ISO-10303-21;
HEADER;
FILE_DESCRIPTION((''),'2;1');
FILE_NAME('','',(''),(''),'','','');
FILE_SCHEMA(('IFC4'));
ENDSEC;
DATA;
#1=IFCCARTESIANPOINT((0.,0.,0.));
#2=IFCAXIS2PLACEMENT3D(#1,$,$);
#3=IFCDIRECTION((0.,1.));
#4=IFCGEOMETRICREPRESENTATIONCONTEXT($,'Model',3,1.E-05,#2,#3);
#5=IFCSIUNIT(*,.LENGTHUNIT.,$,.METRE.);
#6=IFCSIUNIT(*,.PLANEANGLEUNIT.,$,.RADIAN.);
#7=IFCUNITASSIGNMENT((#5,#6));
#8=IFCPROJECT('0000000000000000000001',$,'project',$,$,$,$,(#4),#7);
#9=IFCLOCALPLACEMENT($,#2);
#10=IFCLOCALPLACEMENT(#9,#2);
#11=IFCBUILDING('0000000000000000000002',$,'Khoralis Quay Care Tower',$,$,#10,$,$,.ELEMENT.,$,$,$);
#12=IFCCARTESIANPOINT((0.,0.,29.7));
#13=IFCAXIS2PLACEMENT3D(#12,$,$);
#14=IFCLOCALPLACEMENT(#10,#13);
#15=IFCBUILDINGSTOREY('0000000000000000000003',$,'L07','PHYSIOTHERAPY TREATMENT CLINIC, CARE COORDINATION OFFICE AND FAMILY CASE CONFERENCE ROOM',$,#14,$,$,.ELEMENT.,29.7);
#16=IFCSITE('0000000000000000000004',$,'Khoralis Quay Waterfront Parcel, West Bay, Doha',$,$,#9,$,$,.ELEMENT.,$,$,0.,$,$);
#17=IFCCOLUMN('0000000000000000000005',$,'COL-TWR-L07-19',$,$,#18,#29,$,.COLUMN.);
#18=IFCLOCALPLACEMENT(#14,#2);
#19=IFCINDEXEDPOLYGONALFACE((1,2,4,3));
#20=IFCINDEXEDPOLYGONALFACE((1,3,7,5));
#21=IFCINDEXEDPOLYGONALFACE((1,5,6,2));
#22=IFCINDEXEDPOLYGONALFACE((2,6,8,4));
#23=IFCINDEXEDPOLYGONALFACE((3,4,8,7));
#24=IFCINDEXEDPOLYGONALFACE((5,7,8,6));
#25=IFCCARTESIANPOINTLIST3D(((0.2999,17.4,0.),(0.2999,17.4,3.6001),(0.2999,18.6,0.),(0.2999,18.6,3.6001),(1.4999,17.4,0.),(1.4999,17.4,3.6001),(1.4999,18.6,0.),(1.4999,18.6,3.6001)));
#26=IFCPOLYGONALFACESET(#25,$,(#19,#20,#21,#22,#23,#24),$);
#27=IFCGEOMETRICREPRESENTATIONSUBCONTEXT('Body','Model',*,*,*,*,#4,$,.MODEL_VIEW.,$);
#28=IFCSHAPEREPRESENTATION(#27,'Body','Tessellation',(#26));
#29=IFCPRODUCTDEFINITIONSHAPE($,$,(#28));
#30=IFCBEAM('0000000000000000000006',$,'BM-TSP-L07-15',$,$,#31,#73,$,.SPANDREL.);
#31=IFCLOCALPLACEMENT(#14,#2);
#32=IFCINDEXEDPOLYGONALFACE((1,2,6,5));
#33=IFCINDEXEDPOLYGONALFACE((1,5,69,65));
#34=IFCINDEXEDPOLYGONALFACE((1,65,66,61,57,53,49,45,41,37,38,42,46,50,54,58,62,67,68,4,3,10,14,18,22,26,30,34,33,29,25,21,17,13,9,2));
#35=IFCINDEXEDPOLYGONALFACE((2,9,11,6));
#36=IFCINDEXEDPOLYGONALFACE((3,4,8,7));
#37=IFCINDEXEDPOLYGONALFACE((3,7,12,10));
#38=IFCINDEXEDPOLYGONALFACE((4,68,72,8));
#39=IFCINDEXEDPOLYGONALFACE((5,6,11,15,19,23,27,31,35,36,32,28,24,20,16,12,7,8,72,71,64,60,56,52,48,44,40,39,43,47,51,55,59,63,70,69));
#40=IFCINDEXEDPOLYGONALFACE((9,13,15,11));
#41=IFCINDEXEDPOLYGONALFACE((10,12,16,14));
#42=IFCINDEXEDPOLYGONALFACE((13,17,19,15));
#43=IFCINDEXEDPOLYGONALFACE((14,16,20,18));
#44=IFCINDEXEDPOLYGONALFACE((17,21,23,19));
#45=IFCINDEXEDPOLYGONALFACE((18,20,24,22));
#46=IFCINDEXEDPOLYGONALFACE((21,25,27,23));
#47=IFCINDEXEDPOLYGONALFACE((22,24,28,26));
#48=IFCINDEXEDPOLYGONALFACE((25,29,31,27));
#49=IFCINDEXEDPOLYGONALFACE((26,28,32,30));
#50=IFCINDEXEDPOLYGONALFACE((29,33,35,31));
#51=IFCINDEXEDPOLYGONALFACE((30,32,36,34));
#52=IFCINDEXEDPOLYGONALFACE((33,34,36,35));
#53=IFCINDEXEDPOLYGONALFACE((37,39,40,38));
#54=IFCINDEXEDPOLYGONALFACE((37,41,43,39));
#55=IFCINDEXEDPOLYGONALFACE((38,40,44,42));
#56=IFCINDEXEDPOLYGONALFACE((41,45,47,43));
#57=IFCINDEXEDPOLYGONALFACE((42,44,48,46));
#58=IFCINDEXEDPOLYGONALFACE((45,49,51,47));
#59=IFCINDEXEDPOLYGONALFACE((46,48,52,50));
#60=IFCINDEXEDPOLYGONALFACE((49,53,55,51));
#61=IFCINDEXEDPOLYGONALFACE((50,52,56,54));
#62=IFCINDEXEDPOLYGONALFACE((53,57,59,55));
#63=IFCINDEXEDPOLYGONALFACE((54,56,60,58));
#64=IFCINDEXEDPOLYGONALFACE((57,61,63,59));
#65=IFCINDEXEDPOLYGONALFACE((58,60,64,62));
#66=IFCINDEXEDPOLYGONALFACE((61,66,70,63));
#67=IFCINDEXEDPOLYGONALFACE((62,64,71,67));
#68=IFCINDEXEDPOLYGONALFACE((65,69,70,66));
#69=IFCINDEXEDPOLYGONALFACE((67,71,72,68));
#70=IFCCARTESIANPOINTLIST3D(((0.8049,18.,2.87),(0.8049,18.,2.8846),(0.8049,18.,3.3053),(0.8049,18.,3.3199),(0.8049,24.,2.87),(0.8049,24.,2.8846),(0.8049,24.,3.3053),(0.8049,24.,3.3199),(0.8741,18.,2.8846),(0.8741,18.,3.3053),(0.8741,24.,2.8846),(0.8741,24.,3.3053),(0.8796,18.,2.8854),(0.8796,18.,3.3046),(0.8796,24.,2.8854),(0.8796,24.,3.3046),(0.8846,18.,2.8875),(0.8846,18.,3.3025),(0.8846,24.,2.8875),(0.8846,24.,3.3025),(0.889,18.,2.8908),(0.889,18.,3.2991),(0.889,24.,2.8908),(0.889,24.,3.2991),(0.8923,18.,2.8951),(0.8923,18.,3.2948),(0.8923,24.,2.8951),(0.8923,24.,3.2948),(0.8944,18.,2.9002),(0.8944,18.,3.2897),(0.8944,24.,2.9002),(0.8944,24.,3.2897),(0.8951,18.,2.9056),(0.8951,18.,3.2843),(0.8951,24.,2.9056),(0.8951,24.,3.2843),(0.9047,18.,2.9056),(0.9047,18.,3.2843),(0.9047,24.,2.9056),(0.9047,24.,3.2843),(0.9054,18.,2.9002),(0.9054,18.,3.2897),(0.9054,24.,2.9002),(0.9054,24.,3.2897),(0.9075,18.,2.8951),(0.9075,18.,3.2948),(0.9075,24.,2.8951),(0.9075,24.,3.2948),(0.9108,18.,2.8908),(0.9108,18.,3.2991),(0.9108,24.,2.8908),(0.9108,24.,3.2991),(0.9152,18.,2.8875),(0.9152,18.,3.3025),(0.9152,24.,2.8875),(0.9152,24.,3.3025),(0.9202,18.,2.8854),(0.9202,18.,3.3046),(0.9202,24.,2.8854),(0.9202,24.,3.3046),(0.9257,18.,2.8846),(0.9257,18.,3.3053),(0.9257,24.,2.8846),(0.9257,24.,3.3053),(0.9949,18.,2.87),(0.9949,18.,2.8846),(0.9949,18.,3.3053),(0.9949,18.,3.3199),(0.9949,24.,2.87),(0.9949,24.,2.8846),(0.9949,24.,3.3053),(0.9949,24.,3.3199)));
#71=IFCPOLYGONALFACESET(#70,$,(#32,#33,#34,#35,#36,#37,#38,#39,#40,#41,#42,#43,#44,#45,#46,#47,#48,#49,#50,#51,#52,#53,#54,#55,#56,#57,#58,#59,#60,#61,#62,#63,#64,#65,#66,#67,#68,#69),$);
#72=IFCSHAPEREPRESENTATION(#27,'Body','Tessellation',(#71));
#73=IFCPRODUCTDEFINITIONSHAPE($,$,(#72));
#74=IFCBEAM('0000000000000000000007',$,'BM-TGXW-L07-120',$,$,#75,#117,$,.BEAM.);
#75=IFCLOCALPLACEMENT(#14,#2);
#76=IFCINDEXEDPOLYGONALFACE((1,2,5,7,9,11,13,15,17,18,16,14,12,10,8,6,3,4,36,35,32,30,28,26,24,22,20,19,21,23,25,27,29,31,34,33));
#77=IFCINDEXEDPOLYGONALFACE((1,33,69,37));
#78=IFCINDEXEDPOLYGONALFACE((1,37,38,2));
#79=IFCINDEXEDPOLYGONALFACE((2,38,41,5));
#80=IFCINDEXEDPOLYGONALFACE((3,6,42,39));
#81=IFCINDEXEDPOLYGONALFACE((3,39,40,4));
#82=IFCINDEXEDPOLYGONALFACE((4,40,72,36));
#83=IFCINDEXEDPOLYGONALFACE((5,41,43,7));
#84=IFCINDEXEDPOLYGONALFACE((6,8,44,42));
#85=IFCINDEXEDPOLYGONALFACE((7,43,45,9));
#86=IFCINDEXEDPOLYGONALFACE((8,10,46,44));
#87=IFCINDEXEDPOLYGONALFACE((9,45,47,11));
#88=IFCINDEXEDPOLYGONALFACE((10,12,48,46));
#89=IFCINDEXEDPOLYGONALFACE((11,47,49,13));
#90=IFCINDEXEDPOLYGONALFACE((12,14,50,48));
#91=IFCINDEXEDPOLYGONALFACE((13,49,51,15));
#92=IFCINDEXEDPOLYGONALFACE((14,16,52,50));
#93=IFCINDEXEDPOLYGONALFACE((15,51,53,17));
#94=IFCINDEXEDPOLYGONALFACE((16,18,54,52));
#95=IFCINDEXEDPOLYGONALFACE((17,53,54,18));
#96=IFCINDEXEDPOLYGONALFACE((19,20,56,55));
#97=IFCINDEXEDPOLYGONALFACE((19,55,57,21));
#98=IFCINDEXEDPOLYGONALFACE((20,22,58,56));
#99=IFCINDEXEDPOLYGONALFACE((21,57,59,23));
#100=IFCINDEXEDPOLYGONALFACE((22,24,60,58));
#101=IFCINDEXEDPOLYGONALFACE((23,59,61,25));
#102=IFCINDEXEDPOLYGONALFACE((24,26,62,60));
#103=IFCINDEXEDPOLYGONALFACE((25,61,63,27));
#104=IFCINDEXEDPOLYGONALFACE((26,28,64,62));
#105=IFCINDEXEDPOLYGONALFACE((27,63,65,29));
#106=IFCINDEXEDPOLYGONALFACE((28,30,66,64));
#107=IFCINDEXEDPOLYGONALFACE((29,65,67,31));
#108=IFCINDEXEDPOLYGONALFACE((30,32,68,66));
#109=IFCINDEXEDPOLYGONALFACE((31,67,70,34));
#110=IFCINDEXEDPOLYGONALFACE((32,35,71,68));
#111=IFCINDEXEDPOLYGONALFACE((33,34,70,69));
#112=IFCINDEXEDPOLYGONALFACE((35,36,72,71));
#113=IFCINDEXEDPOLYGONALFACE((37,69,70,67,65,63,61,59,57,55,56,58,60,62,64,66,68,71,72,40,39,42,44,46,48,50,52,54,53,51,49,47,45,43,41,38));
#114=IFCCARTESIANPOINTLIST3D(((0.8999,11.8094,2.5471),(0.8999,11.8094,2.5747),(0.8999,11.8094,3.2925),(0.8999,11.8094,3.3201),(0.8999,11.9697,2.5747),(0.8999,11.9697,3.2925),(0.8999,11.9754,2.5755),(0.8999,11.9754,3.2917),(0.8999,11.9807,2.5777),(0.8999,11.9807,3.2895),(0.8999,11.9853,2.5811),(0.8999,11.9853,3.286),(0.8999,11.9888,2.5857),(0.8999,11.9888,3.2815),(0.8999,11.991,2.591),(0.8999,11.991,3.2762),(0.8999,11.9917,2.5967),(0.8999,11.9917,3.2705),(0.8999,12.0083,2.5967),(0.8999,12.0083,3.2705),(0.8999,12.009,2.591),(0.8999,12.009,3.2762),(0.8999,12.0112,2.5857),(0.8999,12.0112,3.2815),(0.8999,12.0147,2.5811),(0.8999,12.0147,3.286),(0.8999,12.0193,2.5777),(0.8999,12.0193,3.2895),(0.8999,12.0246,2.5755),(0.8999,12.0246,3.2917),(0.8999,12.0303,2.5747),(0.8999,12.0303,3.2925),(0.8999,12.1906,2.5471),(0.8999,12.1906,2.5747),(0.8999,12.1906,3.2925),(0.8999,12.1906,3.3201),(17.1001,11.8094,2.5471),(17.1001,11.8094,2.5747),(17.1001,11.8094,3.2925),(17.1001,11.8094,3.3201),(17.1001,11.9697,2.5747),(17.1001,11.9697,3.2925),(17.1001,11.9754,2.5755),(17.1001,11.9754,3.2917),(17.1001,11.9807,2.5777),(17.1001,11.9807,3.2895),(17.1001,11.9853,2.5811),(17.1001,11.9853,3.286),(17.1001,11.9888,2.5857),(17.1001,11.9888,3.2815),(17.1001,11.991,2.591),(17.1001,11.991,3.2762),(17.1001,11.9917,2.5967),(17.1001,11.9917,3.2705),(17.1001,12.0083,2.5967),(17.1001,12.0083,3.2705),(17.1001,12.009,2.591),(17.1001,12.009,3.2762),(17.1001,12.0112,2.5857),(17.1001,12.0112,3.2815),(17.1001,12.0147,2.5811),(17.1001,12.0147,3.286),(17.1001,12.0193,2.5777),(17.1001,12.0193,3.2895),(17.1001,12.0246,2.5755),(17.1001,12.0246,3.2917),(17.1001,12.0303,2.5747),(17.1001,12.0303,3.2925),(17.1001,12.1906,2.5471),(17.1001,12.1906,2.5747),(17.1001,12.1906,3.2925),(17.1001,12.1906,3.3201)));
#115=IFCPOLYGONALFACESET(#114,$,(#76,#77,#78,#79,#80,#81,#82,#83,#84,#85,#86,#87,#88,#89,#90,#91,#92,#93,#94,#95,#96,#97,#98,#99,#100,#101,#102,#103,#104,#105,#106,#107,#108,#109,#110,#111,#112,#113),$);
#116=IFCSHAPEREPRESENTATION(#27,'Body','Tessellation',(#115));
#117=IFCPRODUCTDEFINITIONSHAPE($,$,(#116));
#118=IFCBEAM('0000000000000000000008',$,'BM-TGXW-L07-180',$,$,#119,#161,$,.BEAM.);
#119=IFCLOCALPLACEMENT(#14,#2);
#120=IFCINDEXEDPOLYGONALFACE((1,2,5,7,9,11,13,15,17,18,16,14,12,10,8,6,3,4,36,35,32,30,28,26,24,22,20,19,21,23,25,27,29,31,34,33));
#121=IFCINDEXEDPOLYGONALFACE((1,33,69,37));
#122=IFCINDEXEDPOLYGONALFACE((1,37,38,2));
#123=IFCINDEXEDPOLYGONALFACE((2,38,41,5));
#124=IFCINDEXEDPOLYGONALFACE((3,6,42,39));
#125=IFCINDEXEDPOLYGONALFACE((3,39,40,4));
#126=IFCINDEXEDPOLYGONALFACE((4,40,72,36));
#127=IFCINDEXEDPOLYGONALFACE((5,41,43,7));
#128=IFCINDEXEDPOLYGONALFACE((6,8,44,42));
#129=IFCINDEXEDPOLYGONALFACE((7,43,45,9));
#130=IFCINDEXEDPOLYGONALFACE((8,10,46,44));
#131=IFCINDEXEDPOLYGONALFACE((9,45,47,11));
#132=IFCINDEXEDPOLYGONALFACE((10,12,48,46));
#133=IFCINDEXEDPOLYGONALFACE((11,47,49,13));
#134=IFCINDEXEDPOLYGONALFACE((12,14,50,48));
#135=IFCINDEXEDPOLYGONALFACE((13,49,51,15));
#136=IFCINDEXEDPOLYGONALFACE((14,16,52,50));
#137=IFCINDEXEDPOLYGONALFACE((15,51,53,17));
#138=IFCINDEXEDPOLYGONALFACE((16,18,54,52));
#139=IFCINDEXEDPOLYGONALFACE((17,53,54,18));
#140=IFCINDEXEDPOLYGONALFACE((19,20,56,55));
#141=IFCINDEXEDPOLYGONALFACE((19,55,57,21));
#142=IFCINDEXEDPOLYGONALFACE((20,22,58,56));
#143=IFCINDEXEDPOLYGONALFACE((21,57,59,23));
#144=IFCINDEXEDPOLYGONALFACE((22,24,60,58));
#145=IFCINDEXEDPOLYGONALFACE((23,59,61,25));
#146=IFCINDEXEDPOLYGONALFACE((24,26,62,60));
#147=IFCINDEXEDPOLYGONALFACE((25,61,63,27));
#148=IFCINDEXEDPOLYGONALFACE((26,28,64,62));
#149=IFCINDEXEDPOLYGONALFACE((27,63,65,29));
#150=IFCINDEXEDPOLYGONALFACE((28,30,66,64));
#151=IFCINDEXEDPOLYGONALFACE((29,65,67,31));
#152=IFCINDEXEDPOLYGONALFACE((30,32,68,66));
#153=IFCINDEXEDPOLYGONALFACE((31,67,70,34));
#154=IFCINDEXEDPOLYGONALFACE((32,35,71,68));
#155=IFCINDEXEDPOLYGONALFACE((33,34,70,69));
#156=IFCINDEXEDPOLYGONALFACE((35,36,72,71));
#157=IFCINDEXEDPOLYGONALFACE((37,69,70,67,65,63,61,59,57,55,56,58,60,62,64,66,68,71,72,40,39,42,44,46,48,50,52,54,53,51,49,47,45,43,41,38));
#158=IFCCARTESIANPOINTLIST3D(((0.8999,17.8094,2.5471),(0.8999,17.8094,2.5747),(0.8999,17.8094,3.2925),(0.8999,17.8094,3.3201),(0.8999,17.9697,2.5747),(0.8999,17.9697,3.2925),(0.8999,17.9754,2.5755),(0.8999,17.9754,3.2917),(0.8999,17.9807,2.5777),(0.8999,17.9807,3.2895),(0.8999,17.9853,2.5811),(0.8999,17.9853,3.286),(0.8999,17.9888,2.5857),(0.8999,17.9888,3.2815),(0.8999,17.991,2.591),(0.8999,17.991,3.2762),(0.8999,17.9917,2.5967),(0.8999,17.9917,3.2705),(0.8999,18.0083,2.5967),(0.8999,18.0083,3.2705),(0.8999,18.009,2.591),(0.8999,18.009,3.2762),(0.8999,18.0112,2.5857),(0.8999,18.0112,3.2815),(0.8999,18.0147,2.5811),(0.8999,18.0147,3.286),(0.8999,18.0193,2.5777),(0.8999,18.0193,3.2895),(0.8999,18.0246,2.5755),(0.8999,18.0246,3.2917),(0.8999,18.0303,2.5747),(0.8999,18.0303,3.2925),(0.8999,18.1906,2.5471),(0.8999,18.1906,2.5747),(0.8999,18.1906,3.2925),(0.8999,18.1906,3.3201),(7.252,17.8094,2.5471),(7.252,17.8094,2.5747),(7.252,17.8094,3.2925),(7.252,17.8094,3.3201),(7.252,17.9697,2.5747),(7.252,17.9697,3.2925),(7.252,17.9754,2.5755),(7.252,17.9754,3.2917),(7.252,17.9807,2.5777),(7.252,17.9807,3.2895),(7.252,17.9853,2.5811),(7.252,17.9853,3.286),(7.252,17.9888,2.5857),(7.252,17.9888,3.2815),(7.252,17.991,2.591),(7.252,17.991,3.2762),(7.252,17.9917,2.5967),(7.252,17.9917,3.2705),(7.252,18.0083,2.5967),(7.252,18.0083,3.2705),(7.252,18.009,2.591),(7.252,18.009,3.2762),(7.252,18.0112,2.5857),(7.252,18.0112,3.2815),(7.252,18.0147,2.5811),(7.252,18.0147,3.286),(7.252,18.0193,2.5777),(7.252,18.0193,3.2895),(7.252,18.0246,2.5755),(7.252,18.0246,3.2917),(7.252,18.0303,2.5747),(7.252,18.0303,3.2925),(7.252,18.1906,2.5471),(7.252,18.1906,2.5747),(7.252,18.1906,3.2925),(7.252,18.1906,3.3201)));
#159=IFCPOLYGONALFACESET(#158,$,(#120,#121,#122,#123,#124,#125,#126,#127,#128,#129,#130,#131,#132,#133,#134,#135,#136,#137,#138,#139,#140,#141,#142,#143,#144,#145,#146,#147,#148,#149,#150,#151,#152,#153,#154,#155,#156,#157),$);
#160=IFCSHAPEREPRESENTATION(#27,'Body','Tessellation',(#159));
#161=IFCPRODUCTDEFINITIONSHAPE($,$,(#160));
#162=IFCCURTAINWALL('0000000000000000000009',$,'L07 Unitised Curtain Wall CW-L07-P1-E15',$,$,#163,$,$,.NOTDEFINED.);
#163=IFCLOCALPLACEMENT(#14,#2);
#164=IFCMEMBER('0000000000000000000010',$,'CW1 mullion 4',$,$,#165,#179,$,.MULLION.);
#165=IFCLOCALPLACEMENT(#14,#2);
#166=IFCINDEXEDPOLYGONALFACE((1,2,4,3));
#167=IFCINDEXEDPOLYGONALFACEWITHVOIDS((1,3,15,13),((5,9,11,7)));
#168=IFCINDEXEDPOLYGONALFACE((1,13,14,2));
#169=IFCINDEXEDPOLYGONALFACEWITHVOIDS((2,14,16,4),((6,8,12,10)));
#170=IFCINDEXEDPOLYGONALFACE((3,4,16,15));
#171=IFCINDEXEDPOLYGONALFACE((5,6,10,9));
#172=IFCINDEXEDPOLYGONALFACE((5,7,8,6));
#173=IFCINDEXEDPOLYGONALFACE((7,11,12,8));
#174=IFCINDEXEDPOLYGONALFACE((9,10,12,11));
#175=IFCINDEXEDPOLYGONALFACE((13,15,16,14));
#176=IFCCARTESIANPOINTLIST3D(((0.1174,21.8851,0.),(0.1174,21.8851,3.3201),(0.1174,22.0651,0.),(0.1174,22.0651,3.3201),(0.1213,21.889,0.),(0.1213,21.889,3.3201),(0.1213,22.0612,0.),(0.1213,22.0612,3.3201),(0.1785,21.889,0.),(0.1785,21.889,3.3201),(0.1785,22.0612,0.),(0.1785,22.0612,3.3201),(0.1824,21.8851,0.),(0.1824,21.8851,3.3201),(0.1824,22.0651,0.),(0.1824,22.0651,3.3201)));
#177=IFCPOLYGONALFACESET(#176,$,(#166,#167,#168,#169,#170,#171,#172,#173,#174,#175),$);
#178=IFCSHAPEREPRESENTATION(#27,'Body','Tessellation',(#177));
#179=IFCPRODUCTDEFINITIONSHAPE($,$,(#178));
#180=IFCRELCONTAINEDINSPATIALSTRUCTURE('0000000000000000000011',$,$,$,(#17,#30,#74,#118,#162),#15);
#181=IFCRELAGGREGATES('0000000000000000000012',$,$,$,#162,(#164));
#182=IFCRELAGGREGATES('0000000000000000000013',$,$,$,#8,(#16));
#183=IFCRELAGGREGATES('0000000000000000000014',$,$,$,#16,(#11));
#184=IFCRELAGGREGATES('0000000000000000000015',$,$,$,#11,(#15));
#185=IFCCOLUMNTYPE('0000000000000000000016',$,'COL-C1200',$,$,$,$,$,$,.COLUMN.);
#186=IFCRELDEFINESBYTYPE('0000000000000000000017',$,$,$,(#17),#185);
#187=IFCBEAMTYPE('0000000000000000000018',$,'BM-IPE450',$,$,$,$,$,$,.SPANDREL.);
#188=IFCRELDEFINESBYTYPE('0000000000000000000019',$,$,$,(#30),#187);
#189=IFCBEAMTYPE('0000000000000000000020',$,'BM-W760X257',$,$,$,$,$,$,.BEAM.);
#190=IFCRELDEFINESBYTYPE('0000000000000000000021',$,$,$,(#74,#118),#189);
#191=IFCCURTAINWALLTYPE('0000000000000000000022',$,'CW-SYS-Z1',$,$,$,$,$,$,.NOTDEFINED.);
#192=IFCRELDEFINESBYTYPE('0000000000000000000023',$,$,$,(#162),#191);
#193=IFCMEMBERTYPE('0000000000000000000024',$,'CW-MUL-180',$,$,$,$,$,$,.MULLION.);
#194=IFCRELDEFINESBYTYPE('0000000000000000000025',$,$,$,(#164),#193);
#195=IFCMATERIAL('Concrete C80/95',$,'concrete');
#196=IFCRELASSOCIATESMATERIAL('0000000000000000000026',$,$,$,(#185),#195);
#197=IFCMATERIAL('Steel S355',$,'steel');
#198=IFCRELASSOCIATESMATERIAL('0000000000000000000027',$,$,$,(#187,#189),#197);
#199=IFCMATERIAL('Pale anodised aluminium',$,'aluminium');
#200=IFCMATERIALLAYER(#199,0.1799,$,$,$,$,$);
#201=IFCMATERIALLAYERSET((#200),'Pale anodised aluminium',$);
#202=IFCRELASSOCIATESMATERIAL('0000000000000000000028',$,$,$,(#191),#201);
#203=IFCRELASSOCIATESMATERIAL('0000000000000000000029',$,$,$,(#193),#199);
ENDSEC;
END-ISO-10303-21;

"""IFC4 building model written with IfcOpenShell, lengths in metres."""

from ifc_helpers import new_model, si_unit, direction, frame, origin, origin_2d, place, context, subcontext, project, spatial, rectangle, hollow_rectangle, i_section, extrude, source, transform, mapped, material, layer, layer_set, material_profile, profile_set, type_object, element, aggregate, save


model = new_model("IFC4")

# Units and contexts
model_context = context("Model", 3, precision=1e-05, world=origin(), true_north=direction((0.0, 1.0)))
body_context = subcontext(model_context, "Body", "Model", "MODEL_VIEW")
ifc_project = project(units=[si_unit("LENGTHUNIT", "METRE"), si_unit("PLANEANGLEUNIT", "RADIAN")], contexts=[model_context])

# Site, building, storey
site_placement = place(None, origin())
site = spatial("IfcSite", under=ifc_project, at=site_placement, Name="Khoralis Quay Waterfront Parcel, West Bay, Doha", CompositionType="ELEMENT", RefElevation=0.0)
building_placement = place(site_placement, origin())
building = spatial("IfcBuilding", under=site, at=building_placement, Name="Khoralis Quay Care Tower", CompositionType="ELEMENT")
storey_placement = place(building_placement, frame((0.0, 0.0, 29.7)))
storey = spatial("IfcBuildingStorey", under=building, at=storey_placement, Name="L07", Description="PHYSIOTHERAPY TREATMENT CLINIC, CARE COORDINATION OFFICE AND FAMILY CASE CONFERENCE ROOM", CompositionType="ELEMENT", Elevation=29.7)

# Column
ifc_material_1 = material(Name="Concrete C80/95", Category="concrete")
ifc_material_profile_1 = material_profile(ifc_material_1, rectangle(XDim=1.2, YDim=1.2, at=origin_2d()), Name="Concrete C80/95")
ifc_profile_set_1 = profile_set([ifc_material_profile_1], Name="Concrete C80/95")
column_type = type_object("IfcColumnType", Name="COL-C1200", PredefinedType="COLUMN", material=ifc_profile_set_1)
shared_shape_1 = source(origin(), body_context, "Body", "SweptSolid", [
    extrude(rectangle(XDim=1.2, YDim=1.2, at=origin_2d()), origin(), (0.0, 0.0, 1.0), 3.6001),
])
column_placement = place(storey_placement, frame((0.8999, 18.0, 0.0), z_axis=(0.0, 0.0, 1.0), x_axis=(1.0, 0.0, 0.0)))
element("IfcColumn", 1, at=column_placement, inside=storey, type_object=column_type, Name="COL-TWR-L07-19", PredefinedType="COLUMN", context=body_context, shape_type="MappedRepresentation", body=[
    mapped(shared_shape_1, transform((0.0, 0.0, 0.0), scale=1.0)),
])

# Beams
ifc_material_2 = material(Name="Steel S355", Category="steel")
ifc_material_profile_2 = material_profile(ifc_material_2, i_section(OverallWidth=0.1899, OverallDepth=0.45, WebThickness=0.0095, FlangeThickness=0.0146, FilletRadius=0.021, at=origin_2d()), Name="Steel S355")
ifc_profile_set_2 = profile_set([ifc_material_profile_2], Name="Steel S355")
beam_type_1 = type_object("IfcBeamType", Name="BM-IPE450", PredefinedType="SPANDREL", material=ifc_profile_set_2)
shared_shape_2 = source(origin(), body_context, "Body", "SweptSolid", [
    extrude(i_section(OverallWidth=0.1899, OverallDepth=0.45, WebThickness=0.0095, FlangeThickness=0.0146, FilletRadius=0.021, at=origin_2d()), origin(), (0.0, 0.0, 1.0), 6.0),
])
beam_1_placement = place(storey_placement, frame((0.8999, 18.0, 3.095), z_axis=(0.0, 1.0, 0.0), x_axis=(-1.0, 0.0, 0.0)))
element("IfcBeam", 2, at=beam_1_placement, inside=storey, type_object=beam_type_1, Name="BM-TSP-L07-15", PredefinedType="SPANDREL", context=body_context, shape_type="MappedRepresentation", body=[
    mapped(shared_shape_2, transform((0.0, 0.0, 0.0), scale=1.0)),
])
ifc_material_profile_3 = material_profile(ifc_material_2, i_section(OverallWidth=0.3811, OverallDepth=0.7729, WebThickness=0.0166, FlangeThickness=0.0276, FilletRadius=0.022, at=origin_2d()), Name="Steel S355")
ifc_profile_set_3 = profile_set([ifc_material_profile_3], Name="Steel S355")
beam_type_2 = type_object("IfcBeamType", Name="BM-W760X257", PredefinedType="BEAM", material=ifc_profile_set_3)
shared_shape_3 = source(origin(), body_context, "Body", "SweptSolid", [
    extrude(i_section(OverallWidth=0.3811, OverallDepth=0.7729, WebThickness=0.0166, FlangeThickness=0.0276, FilletRadius=0.022, at=origin_2d()), origin(), (0.0, 0.0, 1.0), 16.2002),
])
beam_2_placement = place(storey_placement, frame((0.8999, 12.0, 2.9336), z_axis=(1.0, 0.0, 0.0), x_axis=(0.0, 1.0, 0.0)))
element("IfcBeam", 3, at=beam_2_placement, inside=storey, type_object=beam_type_2, Name="BM-TGXW-L07-120", PredefinedType="BEAM", context=body_context, shape_type="MappedRepresentation", body=[
    mapped(shared_shape_3, transform((0.0, 0.0, 0.0), scale=1.0)),
])
shared_shape_4 = source(origin(), body_context, "Body", "SweptSolid", [
    extrude(i_section(OverallWidth=0.3811, OverallDepth=0.7729, WebThickness=0.0166, FlangeThickness=0.0276, FilletRadius=0.022, at=origin_2d()), origin(), (0.0, 0.0, 1.0), 6.3521),
])
beam_3_placement = place(storey_placement, frame((0.8999, 18.0, 2.9336), z_axis=(1.0, 0.0, 0.0), x_axis=(0.0, 1.0, 0.0)))
element("IfcBeam", 4, at=beam_3_placement, inside=storey, type_object=beam_type_2, Name="BM-TGXW-L07-180", PredefinedType="BEAM", context=body_context, shape_type="MappedRepresentation", body=[
    mapped(shared_shape_4, transform((0.0, 0.0, 0.0), scale=1.0)),
])

# Curtain wall, member
ifc_material_3 = material(Name="Pale anodised aluminium", Category="aluminium")
ifc_layer_1 = layer(ifc_material_3, 0.1799)
ifc_layer_set_1 = layer_set([ifc_layer_1], Name="Pale anodised aluminium")
curtain_wall_type = type_object("IfcCurtainWallType", Name="CW-SYS-Z1", PredefinedType="NOTDEFINED", material=ifc_layer_set_1)
curtain_wall_placement = place(storey_placement, origin())
curtain_wall = element("IfcCurtainWall", 5, at=curtain_wall_placement, inside=storey, type_object=curtain_wall_type, Name="L07 Unitised Curtain Wall CW-L07-P1-E15", PredefinedType="NOTDEFINED")
ifc_material_profile_4 = material_profile(ifc_material_3, hollow_rectangle(XDim=0.0649, YDim=0.1799, WallThickness=0.0039, at=origin_2d()), Name="Pale anodised aluminium")
ifc_profile_set_4 = profile_set([ifc_material_profile_4], Name="Pale anodised aluminium")
member_type_1 = type_object("IfcMemberType", Name="CW-MUL-180", PredefinedType="MULLION", material=ifc_profile_set_4)
shared_shape_5 = source(origin(), body_context, "Body", "SweptSolid", [
    extrude(hollow_rectangle(XDim=0.0649, YDim=0.1799, WallThickness=0.0039, at=origin_2d()), origin(), (0.0, 0.0, 1.0), 3.3201),
])
member_1_placement = place(storey_placement, frame((0.1499, 21.9751, 0.0), z_axis=(0.0, 0.0, 1.0), x_axis=(1.0, 0.0, 0.0)))
member_1 = element("IfcMember", 6, at=member_1_placement, type_object=member_type_1, Name="CW1 mullion 4", PredefinedType="MULLION", context=body_context, shape_type="MappedRepresentation", body=[
    mapped(shared_shape_5, transform((0.0, 0.0, 0.0), scale=1.0)),
])
aggregate(curtain_wall, [member_1])

save(model, "model.ifc")
